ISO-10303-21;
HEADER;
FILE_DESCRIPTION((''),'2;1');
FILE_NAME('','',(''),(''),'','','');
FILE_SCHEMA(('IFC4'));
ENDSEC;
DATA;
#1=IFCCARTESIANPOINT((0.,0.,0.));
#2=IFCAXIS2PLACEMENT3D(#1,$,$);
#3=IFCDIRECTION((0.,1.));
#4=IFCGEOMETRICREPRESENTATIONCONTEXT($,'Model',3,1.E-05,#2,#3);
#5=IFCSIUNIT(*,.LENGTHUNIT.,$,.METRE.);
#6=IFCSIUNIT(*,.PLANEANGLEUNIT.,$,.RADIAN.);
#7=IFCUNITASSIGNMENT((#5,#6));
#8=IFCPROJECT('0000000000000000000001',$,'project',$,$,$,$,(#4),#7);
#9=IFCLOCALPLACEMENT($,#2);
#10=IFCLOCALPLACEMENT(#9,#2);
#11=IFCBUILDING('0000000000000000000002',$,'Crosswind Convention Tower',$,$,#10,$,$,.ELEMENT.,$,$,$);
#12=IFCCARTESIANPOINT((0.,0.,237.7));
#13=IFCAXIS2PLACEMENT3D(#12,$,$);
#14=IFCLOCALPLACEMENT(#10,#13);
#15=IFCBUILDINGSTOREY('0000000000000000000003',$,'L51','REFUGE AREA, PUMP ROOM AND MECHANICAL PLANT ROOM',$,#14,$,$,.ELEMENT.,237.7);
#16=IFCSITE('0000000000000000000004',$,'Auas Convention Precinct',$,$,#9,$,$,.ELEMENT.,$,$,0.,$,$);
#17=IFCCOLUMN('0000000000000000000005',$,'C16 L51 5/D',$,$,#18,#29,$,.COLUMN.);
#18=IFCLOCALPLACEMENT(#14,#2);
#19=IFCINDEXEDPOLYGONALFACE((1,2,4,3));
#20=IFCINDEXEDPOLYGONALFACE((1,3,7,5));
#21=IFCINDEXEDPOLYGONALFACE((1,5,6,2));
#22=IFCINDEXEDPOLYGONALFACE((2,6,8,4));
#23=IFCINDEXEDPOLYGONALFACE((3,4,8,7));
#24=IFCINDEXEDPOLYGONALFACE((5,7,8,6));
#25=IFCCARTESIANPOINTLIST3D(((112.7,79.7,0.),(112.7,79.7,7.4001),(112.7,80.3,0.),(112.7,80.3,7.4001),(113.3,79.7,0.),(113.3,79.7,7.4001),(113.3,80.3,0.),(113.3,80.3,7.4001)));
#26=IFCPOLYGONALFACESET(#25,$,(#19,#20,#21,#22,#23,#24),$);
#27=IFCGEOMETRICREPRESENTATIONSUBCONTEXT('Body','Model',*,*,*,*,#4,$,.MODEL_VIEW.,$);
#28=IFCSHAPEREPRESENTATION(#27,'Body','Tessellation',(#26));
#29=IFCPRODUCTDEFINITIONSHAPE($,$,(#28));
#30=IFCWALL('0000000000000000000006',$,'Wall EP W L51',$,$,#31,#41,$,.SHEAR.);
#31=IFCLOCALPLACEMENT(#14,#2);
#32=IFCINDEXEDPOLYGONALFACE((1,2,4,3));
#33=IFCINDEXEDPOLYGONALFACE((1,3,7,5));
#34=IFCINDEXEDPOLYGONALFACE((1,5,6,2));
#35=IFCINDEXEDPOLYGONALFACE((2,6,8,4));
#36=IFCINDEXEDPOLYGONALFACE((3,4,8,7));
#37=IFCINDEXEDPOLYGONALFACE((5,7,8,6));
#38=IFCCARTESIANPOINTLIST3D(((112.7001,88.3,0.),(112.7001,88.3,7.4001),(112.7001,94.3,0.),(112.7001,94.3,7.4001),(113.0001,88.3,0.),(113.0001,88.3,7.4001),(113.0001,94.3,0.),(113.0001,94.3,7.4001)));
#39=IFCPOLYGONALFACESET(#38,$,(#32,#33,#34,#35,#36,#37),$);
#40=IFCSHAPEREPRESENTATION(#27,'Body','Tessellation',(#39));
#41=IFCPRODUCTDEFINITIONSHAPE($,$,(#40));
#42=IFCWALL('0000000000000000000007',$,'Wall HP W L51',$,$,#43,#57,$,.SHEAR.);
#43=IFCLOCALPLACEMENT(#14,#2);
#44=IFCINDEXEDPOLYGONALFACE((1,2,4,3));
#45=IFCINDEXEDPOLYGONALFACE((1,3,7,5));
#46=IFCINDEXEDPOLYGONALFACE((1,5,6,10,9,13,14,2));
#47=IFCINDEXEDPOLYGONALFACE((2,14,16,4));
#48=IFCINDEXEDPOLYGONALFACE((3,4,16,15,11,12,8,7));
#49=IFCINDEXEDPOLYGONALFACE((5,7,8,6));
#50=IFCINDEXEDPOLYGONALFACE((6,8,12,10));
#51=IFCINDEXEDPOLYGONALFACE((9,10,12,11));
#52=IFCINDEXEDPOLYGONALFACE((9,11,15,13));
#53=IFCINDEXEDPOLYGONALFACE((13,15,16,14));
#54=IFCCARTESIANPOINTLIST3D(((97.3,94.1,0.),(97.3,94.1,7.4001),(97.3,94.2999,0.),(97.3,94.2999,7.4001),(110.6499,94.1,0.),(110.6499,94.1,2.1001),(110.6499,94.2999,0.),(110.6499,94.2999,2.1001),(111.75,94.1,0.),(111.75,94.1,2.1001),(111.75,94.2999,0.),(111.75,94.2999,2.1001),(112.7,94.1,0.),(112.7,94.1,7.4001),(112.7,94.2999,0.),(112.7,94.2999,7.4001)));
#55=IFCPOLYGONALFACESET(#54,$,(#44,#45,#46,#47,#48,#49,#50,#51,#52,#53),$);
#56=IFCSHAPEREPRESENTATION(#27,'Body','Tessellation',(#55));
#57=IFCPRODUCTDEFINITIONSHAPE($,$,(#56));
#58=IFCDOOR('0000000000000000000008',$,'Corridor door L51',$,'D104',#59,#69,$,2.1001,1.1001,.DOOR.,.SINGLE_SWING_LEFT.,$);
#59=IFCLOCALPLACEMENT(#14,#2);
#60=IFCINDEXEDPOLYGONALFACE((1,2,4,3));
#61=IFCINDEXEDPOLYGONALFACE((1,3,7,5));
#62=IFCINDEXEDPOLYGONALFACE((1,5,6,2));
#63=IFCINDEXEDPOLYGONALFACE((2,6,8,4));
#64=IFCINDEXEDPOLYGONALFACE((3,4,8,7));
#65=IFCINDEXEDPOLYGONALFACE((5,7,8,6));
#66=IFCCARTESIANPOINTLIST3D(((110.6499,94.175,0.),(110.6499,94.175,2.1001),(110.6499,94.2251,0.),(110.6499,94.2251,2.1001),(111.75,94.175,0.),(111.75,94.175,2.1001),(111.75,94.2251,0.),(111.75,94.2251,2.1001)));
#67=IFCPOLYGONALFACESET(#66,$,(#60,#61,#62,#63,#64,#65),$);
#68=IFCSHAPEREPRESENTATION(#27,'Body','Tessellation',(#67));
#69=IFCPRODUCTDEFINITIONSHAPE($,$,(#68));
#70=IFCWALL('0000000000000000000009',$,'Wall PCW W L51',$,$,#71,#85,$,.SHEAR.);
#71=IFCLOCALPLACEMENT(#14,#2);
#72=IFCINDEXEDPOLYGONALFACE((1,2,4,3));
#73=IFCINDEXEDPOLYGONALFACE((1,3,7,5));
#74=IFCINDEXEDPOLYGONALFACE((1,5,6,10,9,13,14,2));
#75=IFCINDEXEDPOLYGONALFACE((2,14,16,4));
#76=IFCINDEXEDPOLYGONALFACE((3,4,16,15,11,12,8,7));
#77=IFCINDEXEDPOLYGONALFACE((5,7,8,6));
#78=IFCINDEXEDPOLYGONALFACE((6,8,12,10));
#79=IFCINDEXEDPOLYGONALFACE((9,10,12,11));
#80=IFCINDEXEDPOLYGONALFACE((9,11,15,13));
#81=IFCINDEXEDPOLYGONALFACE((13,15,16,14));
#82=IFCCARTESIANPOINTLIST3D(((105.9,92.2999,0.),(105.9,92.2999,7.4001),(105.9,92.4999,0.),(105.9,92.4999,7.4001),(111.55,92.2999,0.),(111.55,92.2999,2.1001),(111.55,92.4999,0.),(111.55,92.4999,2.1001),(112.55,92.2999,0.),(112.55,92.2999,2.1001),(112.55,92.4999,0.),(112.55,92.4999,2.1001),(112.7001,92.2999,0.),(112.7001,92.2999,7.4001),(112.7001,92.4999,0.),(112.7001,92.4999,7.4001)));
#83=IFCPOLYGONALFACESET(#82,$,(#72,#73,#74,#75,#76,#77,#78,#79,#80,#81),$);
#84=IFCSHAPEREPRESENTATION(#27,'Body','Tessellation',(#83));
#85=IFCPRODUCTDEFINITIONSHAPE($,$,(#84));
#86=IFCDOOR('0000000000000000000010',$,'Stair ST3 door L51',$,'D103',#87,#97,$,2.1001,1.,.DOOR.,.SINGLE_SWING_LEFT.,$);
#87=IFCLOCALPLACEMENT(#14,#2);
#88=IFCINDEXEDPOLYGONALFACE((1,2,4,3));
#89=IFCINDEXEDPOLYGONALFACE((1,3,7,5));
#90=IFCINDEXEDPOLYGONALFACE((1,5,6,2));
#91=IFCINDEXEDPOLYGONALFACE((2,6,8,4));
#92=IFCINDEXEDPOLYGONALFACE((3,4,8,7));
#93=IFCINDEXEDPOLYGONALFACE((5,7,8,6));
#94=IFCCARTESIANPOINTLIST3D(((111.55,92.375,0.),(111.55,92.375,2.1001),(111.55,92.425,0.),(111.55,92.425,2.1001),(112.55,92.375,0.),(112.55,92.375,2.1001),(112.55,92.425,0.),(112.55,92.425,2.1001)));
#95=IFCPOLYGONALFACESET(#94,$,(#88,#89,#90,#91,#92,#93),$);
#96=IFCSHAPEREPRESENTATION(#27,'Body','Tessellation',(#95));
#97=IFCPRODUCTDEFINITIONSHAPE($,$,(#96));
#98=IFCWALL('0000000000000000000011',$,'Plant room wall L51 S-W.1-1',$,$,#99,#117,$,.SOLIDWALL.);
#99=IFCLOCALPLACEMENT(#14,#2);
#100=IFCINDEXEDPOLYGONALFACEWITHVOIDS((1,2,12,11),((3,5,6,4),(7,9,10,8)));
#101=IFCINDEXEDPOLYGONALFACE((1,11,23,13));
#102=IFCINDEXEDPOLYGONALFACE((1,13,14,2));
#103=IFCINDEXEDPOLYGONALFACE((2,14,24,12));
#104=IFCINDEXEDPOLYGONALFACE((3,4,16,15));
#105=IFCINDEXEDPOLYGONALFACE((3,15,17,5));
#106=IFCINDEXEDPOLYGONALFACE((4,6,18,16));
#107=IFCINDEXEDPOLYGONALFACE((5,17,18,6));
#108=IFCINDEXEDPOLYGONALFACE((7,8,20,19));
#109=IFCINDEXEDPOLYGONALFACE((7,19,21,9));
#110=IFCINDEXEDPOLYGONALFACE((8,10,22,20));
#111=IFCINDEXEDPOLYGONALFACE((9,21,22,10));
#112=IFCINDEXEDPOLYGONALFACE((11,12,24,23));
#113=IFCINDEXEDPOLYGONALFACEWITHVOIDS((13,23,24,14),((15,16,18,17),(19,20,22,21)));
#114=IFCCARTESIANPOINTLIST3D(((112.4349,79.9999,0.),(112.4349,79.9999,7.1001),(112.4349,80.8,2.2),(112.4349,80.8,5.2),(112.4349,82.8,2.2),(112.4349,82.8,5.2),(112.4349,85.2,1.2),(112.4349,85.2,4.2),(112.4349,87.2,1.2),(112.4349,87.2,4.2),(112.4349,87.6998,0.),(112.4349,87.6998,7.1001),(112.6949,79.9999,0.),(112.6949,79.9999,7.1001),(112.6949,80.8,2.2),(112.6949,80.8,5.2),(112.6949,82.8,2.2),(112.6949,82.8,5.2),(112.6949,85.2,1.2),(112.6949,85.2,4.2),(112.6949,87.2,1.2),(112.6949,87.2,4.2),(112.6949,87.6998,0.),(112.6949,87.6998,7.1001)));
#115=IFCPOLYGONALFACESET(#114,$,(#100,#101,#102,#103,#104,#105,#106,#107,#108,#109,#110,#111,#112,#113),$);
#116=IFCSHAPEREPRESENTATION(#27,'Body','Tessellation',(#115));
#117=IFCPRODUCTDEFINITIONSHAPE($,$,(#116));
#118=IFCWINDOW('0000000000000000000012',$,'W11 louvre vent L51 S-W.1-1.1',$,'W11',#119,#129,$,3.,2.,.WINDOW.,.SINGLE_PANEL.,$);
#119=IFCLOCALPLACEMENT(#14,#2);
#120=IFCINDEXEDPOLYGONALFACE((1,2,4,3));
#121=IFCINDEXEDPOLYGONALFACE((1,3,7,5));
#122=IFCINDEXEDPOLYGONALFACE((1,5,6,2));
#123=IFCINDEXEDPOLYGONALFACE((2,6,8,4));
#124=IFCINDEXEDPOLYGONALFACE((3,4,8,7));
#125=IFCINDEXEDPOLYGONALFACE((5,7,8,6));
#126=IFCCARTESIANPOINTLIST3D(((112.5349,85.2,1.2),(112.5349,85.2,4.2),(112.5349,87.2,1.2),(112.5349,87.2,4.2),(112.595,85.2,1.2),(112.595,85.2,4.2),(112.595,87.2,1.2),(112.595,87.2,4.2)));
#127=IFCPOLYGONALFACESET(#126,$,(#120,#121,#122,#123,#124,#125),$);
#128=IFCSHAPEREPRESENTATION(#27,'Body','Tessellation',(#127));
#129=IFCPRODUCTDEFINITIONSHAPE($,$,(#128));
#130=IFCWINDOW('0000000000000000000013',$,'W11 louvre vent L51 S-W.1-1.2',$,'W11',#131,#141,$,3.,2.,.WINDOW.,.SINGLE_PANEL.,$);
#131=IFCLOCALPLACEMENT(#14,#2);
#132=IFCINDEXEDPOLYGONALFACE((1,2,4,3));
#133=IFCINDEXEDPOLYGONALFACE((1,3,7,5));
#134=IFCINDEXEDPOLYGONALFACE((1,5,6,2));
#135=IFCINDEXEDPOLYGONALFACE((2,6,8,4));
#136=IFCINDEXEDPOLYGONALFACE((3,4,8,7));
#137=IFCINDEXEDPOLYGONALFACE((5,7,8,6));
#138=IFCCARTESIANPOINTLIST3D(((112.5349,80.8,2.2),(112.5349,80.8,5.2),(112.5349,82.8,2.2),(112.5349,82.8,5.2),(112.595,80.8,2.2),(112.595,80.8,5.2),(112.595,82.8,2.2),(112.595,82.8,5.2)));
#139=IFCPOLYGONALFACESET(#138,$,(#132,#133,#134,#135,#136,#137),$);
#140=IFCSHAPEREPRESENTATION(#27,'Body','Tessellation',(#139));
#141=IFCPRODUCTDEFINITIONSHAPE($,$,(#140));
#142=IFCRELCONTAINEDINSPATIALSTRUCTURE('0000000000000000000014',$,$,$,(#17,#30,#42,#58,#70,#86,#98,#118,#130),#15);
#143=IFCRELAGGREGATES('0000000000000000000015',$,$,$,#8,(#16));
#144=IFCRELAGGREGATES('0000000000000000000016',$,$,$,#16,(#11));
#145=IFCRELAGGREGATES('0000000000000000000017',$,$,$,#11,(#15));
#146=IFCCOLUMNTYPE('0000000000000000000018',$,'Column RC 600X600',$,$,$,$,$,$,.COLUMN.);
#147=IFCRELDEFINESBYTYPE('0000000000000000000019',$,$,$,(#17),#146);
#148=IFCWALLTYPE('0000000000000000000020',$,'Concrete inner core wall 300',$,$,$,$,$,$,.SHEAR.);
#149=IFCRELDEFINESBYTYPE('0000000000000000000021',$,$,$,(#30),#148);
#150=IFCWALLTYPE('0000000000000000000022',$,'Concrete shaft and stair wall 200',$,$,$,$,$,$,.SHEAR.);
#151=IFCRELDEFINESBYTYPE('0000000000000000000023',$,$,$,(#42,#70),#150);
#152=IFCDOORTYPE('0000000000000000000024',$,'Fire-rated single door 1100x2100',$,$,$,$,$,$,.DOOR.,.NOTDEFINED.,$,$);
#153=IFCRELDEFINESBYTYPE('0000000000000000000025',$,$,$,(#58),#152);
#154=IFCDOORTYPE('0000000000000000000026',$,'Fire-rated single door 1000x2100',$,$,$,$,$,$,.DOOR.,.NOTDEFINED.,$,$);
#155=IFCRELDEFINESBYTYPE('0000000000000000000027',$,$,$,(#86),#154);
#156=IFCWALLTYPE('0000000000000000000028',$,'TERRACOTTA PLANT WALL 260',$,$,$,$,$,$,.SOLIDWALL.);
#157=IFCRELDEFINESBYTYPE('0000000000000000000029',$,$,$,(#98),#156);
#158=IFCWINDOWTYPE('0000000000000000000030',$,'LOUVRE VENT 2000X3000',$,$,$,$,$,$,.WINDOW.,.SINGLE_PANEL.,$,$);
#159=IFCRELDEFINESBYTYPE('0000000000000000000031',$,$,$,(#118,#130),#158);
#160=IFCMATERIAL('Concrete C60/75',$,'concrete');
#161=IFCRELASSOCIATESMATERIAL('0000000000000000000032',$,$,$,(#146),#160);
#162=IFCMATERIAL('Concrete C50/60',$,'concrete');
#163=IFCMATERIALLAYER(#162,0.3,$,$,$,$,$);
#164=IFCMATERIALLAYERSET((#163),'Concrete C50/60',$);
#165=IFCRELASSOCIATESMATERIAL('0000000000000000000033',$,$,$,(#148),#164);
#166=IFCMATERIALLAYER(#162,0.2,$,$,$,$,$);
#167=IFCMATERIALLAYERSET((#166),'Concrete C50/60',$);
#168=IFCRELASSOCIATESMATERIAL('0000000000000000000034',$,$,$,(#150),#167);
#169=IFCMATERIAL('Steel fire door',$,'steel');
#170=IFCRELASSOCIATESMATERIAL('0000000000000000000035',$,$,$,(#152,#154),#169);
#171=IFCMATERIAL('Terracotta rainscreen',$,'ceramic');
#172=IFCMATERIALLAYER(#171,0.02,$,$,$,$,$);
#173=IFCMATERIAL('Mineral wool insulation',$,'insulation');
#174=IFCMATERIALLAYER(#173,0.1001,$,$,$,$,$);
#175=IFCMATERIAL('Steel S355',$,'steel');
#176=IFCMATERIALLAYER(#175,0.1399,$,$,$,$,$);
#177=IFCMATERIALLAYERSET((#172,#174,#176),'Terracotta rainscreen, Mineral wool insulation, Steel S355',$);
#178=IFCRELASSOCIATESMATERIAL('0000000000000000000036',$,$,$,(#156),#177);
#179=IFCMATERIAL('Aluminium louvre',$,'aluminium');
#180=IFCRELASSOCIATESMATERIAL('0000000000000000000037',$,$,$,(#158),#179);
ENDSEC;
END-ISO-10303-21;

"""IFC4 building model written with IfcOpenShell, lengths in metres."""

from ifc_helpers import new_model, si_unit, direction, frame, frame_2d, origin, origin_2d, place, context, subcontext, project, spatial, rectangle, extrude, material, layer, layer_set, material_profile, profile_set, type_object, element, fill, save


model = new_model("IFC4")

# Units and contexts
model_context = context("Model", 3, precision=1e-05, world=origin(), true_north=direction((0.0, 1.0)))
body_context = subcontext(model_context, "Body", "Model", "MODEL_VIEW")
ifc_project = project(units=[si_unit("LENGTHUNIT", "METRE"), si_unit("PLANEANGLEUNIT", "RADIAN")], contexts=[model_context])

# Site, building, storey
site_placement = place(None, origin())
site = spatial("IfcSite", under=ifc_project, at=site_placement, Name="Auas Convention Precinct", CompositionType="ELEMENT", RefElevation=0.0)
building_placement = place(site_placement, origin())
building = spatial("IfcBuilding", under=site, at=building_placement, Name="Crosswind Convention Tower", CompositionType="ELEMENT")
storey_placement = place(building_placement, frame((0.0, 0.0, 237.7)))
storey = spatial("IfcBuildingStorey", under=building, at=storey_placement, Name="L51", Description="REFUGE AREA, PUMP ROOM AND MECHANICAL PLANT ROOM", CompositionType="ELEMENT", Elevation=237.7)

# Column
ifc_material_1 = material(Name="Concrete C60/75", Category="concrete")
ifc_material_profile = material_profile(ifc_material_1, rectangle(XDim=0.6001, YDim=0.6001, at=origin_2d()), Name="RC 600X600")
ifc_profile_set = profile_set([ifc_material_profile], Name="Concrete C60/75")
column_type = type_object("IfcColumnType", Name="Column RC 600X600", PredefinedType="COLUMN", material=ifc_profile_set)
column_placement = place(storey_placement, frame((113.0, 80.0, 0.0), z_axis=(0.0, 0.0, 1.0), x_axis=(1.0, 0.0, 0.0)))
element("IfcColumn", 1, at=column_placement, inside=storey, type_object=column_type, Name="C16 L51 5/D", PredefinedType="COLUMN", context=body_context, shape_type="SweptSolid", body=[
    extrude(rectangle(XDim=0.6001, YDim=0.6001, at=origin_2d()), origin(), (0.0, 0.0, 1.0), 7.4001),
])

# Wall
ifc_material_2 = material(Name="Concrete C50/60", Category="concrete")
ifc_layer_1 = layer(ifc_material_2, 0.3)
ifc_layer_set_1 = layer_set([ifc_layer_1], Name="Concrete C50/60")
wall_type_1 = type_object("IfcWallType", Name="Concrete inner core wall 300", PredefinedType="SHEAR", material=ifc_layer_set_1)
wall_1_placement = place(storey_placement, frame((112.8501, 94.3, 0.0), z_axis=(0.0, 0.0, 1.0), x_axis=(0.0, -1.0, 0.0)))
element("IfcWall", 2, at=wall_1_placement, inside=storey, type_object=wall_type_1, Name="Wall EP W L51", PredefinedType="SHEAR", context=body_context, shape_type="SweptSolid", body=[
    extrude(rectangle(XDim=6.0, YDim=0.3, at=frame_2d((3.0, 0.0))), origin(), (0.0, 0.0, 1.0), 7.4001),
])

# Walls, openings, doors
ifc_layer_2 = layer(ifc_material_2, 0.2)
ifc_layer_set_2 = layer_set([ifc_layer_2], Name="Concrete C50/60")
wall_type_2 = type_object("IfcWallType", Name="Concrete shaft and stair wall 200", PredefinedType="SHEAR", material=ifc_layer_set_2)
wall_2_placement = place(storey_placement, frame((112.7, 94.2, 0.0), z_axis=(0.0, 0.0, 1.0), x_axis=(-1.0, 0.0, 0.0)))
wall_2 = element("IfcWall", 3, at=wall_2_placement, inside=storey, type_object=wall_type_2, Name="Wall HP W L51", PredefinedType="SHEAR", context=body_context, shape_type="SweptSolid", body=[
    extrude(rectangle(XDim=15.3999, YDim=0.2, at=frame_2d((7.7, 0.0))), origin(), (0.0, 0.0, 1.0), 7.4001),
])
opening_1_placement = place(wall_2_placement, frame((0.95, 0.0, 0.0)))
opening_1 = element("IfcOpeningElement", 4, at=opening_1_placement, cuts=wall_2, PredefinedType="OPENING", context=body_context, shape_type="SweptSolid", body=[
    extrude(rectangle(XDim=1.1001, YDim=2.1001, at=frame_2d((0.55, 1.05))), frame((0.0, 0.1099, 0.0), z_axis=(0.0, -1.0, 0.0), x_axis=(1.0, 0.0, 0.0)), (0.0, 0.0, 1.0), 0.22),
])
ifc_material_3 = material(Name="Steel fire door", Category="steel")
door_type_1 = type_object("IfcDoorType", Name="Fire-rated single door 1100x2100", OperationType="NOTDEFINED", PredefinedType="DOOR", material=ifc_material_3)
door_1_placement = place(opening_1_placement, origin())
door_1 = element("IfcDoor", 5, at=door_1_placement, inside=storey, type_object=door_type_1, Name="Corridor door L51", ObjectType="D104", OperationType="SINGLE_SWING_LEFT", OverallHeight=2.1001, OverallWidth=1.1001, PredefinedType="DOOR", context=body_context, shape_type="SweptSolid", body=[
    extrude(rectangle(XDim=1.1001, YDim=2.1001, at=frame_2d((0.55, 1.05))), frame((0.0, 0.0249, 0.0), z_axis=(0.0, -1.0, 0.0), x_axis=(1.0, 0.0, 0.0)), (0.0, 0.0, 1.0), 0.05),
])
fill(opening_1, door_1)
wall_3_placement = place(storey_placement, frame((112.7, 92.3999, 0.0), z_axis=(0.0, 0.0, 1.0), x_axis=(-1.0, 0.0, 0.0)))
wall_3 = element("IfcWall", 6, at=wall_3_placement, inside=storey, type_object=wall_type_2, Name="Wall PCW W L51", PredefinedType="SHEAR", context=body_context, shape_type="SweptSolid", body=[
    extrude(rectangle(XDim=6.8, YDim=0.2, at=frame_2d((3.3999, 0.0))), origin(), (0.0, 0.0, 1.0), 7.4001),
])
opening_2_placement = place(wall_3_placement, frame((0.1499, 0.0, 0.0)))
opening_2 = element("IfcOpeningElement", 7, at=opening_2_placement, cuts=wall_3, PredefinedType="OPENING", context=body_context, shape_type="SweptSolid", body=[
    extrude(rectangle(XDim=1.0, YDim=2.1001, at=frame_2d((0.5, 1.05))), frame((0.0, 0.1099, 0.0), z_axis=(0.0, -1.0, 0.0), x_axis=(1.0, 0.0, 0.0)), (0.0, 0.0, 1.0), 0.22),
])
door_type_2 = type_object("IfcDoorType", Name="Fire-rated single door 1000x2100", OperationType="NOTDEFINED", PredefinedType="DOOR", material=ifc_material_3)
door_2_placement = place(opening_2_placement, origin())
door_2 = element("IfcDoor", 8, at=door_2_placement, inside=storey, type_object=door_type_2, Name="Stair ST3 door L51", ObjectType="D103", OperationType="SINGLE_SWING_LEFT", OverallHeight=2.1001, OverallWidth=1.0, PredefinedType="DOOR", context=body_context, shape_type="SweptSolid", body=[
    extrude(rectangle(XDim=1.0, YDim=2.1001, at=frame_2d((0.5, 1.05))), frame((0.0, 0.0249, 0.0), z_axis=(0.0, -1.0, 0.0), x_axis=(1.0, 0.0, 0.0)), (0.0, 0.0, 1.0), 0.05),
])
fill(opening_2, door_2)

# Wall, openings, windows
ifc_material_4 = material(Name="Terracotta rainscreen", Category="ceramic")
ifc_layer_3 = layer(ifc_material_4, 0.02)
ifc_material_5 = material(Name="Mineral wool insulation", Category="insulation")
ifc_layer_4 = layer(ifc_material_5, 0.1001)
ifc_material_6 = material(Name="Steel S355", Category="steel")
ifc_layer_5 = layer(ifc_material_6, 0.1399)
ifc_layer_set_3 = layer_set([ifc_layer_3, ifc_layer_4, ifc_layer_5], Name="Terracotta rainscreen, Mineral wool insulation, Steel S355")
wall_type_3 = type_object("IfcWallType", Name="TERRACOTTA PLANT WALL 260", PredefinedType="SOLIDWALL", material=ifc_layer_set_3)
wall_4_placement = place(storey_placement, frame((112.5649, 87.7, 0.0), z_axis=(0.0, 0.0, 1.0), x_axis=(0.0, -1.0, 0.0)))
wall_4 = element("IfcWall", 9, at=wall_4_placement, inside=storey, type_object=wall_type_3, Name="Plant room wall L51 S-W.1-1", PredefinedType="SOLIDWALL", context=body_context, shape_type="SweptSolid", body=[
    extrude(rectangle(XDim=7.7, YDim=0.26, at=frame_2d((3.8501, 0.0))), origin(), (0.0, 0.0, 1.0), 7.1001),
])
opening_3_placement = place(wall_4_placement, frame((0.5, 0.0, 1.2)))
opening_3 = element("IfcOpeningElement", 10, at=opening_3_placement, cuts=wall_4, PredefinedType="OPENING", context=body_context, shape_type="SweptSolid", body=[
    extrude(rectangle(XDim=2.0, YDim=3.0, at=frame_2d((1.0, 1.5))), frame((0.0, 0.1399, 0.0), z_axis=(0.0, -1.0, 0.0), x_axis=(1.0, 0.0, 0.0)), (0.0, 0.0, 1.0), 0.28),
])
opening_4_placement = place(wall_4_placement, frame((4.8999, 0.0, 2.2)))
opening_4 = element("IfcOpeningElement", 11, at=opening_4_placement, cuts=wall_4, PredefinedType="OPENING", context=body_context, shape_type="SweptSolid", body=[
    extrude(rectangle(XDim=2.0, YDim=3.0, at=frame_2d((1.0, 1.5))), frame((0.0, 0.1399, 0.0), z_axis=(0.0, -1.0, 0.0), x_axis=(1.0, 0.0, 0.0)), (0.0, 0.0, 1.0), 0.28),
])
ifc_material_7 = material(Name="Aluminium louvre", Category="aluminium")
window_type = type_object("IfcWindowType", Name="LOUVRE VENT 2000X3000", PartitioningType="SINGLE_PANEL", PredefinedType="WINDOW", material=ifc_material_7)
window_1_placement = place(opening_3_placement, origin())
window_1 = element("IfcWindow", 12, at=window_1_placement, inside=storey, type_object=window_type, Name="W11 louvre vent L51 S-W.1-1.1", ObjectType="W11", OverallHeight=3.0, OverallWidth=2.0, PartitioningType="SINGLE_PANEL", PredefinedType="WINDOW", context=body_context, shape_type="SweptSolid", body=[
    extrude(rectangle(XDim=2.0, YDim=3.0, at=frame_2d((1.0, 1.5))), frame((0.0, 0.03, 0.0), z_axis=(0.0, -1.0, 0.0), x_axis=(1.0, 0.0, 0.0)), (0.0, 0.0, 1.0), 0.0601),
])
fill(opening_3, window_1)
window_2_placement = place(opening_4_placement, origin())
window_2 = element("IfcWindow", 13, at=window_2_placement, inside=storey, type_object=window_type, Name="W11 louvre vent L51 S-W.1-1.2", ObjectType="W11", OverallHeight=3.0, OverallWidth=2.0, PartitioningType="SINGLE_PANEL", PredefinedType="WINDOW", context=body_context, shape_type="SweptSolid", body=[
    extrude(rectangle(XDim=2.0, YDim=3.0, at=frame_2d((1.0, 1.5))), frame((0.0, 0.03, 0.0), z_axis=(0.0, -1.0, 0.0), x_axis=(1.0, 0.0, 0.0)), (0.0, 0.0, 1.0), 0.0601),
])
fill(opening_4, window_2)

save(model, "model.ifc")
